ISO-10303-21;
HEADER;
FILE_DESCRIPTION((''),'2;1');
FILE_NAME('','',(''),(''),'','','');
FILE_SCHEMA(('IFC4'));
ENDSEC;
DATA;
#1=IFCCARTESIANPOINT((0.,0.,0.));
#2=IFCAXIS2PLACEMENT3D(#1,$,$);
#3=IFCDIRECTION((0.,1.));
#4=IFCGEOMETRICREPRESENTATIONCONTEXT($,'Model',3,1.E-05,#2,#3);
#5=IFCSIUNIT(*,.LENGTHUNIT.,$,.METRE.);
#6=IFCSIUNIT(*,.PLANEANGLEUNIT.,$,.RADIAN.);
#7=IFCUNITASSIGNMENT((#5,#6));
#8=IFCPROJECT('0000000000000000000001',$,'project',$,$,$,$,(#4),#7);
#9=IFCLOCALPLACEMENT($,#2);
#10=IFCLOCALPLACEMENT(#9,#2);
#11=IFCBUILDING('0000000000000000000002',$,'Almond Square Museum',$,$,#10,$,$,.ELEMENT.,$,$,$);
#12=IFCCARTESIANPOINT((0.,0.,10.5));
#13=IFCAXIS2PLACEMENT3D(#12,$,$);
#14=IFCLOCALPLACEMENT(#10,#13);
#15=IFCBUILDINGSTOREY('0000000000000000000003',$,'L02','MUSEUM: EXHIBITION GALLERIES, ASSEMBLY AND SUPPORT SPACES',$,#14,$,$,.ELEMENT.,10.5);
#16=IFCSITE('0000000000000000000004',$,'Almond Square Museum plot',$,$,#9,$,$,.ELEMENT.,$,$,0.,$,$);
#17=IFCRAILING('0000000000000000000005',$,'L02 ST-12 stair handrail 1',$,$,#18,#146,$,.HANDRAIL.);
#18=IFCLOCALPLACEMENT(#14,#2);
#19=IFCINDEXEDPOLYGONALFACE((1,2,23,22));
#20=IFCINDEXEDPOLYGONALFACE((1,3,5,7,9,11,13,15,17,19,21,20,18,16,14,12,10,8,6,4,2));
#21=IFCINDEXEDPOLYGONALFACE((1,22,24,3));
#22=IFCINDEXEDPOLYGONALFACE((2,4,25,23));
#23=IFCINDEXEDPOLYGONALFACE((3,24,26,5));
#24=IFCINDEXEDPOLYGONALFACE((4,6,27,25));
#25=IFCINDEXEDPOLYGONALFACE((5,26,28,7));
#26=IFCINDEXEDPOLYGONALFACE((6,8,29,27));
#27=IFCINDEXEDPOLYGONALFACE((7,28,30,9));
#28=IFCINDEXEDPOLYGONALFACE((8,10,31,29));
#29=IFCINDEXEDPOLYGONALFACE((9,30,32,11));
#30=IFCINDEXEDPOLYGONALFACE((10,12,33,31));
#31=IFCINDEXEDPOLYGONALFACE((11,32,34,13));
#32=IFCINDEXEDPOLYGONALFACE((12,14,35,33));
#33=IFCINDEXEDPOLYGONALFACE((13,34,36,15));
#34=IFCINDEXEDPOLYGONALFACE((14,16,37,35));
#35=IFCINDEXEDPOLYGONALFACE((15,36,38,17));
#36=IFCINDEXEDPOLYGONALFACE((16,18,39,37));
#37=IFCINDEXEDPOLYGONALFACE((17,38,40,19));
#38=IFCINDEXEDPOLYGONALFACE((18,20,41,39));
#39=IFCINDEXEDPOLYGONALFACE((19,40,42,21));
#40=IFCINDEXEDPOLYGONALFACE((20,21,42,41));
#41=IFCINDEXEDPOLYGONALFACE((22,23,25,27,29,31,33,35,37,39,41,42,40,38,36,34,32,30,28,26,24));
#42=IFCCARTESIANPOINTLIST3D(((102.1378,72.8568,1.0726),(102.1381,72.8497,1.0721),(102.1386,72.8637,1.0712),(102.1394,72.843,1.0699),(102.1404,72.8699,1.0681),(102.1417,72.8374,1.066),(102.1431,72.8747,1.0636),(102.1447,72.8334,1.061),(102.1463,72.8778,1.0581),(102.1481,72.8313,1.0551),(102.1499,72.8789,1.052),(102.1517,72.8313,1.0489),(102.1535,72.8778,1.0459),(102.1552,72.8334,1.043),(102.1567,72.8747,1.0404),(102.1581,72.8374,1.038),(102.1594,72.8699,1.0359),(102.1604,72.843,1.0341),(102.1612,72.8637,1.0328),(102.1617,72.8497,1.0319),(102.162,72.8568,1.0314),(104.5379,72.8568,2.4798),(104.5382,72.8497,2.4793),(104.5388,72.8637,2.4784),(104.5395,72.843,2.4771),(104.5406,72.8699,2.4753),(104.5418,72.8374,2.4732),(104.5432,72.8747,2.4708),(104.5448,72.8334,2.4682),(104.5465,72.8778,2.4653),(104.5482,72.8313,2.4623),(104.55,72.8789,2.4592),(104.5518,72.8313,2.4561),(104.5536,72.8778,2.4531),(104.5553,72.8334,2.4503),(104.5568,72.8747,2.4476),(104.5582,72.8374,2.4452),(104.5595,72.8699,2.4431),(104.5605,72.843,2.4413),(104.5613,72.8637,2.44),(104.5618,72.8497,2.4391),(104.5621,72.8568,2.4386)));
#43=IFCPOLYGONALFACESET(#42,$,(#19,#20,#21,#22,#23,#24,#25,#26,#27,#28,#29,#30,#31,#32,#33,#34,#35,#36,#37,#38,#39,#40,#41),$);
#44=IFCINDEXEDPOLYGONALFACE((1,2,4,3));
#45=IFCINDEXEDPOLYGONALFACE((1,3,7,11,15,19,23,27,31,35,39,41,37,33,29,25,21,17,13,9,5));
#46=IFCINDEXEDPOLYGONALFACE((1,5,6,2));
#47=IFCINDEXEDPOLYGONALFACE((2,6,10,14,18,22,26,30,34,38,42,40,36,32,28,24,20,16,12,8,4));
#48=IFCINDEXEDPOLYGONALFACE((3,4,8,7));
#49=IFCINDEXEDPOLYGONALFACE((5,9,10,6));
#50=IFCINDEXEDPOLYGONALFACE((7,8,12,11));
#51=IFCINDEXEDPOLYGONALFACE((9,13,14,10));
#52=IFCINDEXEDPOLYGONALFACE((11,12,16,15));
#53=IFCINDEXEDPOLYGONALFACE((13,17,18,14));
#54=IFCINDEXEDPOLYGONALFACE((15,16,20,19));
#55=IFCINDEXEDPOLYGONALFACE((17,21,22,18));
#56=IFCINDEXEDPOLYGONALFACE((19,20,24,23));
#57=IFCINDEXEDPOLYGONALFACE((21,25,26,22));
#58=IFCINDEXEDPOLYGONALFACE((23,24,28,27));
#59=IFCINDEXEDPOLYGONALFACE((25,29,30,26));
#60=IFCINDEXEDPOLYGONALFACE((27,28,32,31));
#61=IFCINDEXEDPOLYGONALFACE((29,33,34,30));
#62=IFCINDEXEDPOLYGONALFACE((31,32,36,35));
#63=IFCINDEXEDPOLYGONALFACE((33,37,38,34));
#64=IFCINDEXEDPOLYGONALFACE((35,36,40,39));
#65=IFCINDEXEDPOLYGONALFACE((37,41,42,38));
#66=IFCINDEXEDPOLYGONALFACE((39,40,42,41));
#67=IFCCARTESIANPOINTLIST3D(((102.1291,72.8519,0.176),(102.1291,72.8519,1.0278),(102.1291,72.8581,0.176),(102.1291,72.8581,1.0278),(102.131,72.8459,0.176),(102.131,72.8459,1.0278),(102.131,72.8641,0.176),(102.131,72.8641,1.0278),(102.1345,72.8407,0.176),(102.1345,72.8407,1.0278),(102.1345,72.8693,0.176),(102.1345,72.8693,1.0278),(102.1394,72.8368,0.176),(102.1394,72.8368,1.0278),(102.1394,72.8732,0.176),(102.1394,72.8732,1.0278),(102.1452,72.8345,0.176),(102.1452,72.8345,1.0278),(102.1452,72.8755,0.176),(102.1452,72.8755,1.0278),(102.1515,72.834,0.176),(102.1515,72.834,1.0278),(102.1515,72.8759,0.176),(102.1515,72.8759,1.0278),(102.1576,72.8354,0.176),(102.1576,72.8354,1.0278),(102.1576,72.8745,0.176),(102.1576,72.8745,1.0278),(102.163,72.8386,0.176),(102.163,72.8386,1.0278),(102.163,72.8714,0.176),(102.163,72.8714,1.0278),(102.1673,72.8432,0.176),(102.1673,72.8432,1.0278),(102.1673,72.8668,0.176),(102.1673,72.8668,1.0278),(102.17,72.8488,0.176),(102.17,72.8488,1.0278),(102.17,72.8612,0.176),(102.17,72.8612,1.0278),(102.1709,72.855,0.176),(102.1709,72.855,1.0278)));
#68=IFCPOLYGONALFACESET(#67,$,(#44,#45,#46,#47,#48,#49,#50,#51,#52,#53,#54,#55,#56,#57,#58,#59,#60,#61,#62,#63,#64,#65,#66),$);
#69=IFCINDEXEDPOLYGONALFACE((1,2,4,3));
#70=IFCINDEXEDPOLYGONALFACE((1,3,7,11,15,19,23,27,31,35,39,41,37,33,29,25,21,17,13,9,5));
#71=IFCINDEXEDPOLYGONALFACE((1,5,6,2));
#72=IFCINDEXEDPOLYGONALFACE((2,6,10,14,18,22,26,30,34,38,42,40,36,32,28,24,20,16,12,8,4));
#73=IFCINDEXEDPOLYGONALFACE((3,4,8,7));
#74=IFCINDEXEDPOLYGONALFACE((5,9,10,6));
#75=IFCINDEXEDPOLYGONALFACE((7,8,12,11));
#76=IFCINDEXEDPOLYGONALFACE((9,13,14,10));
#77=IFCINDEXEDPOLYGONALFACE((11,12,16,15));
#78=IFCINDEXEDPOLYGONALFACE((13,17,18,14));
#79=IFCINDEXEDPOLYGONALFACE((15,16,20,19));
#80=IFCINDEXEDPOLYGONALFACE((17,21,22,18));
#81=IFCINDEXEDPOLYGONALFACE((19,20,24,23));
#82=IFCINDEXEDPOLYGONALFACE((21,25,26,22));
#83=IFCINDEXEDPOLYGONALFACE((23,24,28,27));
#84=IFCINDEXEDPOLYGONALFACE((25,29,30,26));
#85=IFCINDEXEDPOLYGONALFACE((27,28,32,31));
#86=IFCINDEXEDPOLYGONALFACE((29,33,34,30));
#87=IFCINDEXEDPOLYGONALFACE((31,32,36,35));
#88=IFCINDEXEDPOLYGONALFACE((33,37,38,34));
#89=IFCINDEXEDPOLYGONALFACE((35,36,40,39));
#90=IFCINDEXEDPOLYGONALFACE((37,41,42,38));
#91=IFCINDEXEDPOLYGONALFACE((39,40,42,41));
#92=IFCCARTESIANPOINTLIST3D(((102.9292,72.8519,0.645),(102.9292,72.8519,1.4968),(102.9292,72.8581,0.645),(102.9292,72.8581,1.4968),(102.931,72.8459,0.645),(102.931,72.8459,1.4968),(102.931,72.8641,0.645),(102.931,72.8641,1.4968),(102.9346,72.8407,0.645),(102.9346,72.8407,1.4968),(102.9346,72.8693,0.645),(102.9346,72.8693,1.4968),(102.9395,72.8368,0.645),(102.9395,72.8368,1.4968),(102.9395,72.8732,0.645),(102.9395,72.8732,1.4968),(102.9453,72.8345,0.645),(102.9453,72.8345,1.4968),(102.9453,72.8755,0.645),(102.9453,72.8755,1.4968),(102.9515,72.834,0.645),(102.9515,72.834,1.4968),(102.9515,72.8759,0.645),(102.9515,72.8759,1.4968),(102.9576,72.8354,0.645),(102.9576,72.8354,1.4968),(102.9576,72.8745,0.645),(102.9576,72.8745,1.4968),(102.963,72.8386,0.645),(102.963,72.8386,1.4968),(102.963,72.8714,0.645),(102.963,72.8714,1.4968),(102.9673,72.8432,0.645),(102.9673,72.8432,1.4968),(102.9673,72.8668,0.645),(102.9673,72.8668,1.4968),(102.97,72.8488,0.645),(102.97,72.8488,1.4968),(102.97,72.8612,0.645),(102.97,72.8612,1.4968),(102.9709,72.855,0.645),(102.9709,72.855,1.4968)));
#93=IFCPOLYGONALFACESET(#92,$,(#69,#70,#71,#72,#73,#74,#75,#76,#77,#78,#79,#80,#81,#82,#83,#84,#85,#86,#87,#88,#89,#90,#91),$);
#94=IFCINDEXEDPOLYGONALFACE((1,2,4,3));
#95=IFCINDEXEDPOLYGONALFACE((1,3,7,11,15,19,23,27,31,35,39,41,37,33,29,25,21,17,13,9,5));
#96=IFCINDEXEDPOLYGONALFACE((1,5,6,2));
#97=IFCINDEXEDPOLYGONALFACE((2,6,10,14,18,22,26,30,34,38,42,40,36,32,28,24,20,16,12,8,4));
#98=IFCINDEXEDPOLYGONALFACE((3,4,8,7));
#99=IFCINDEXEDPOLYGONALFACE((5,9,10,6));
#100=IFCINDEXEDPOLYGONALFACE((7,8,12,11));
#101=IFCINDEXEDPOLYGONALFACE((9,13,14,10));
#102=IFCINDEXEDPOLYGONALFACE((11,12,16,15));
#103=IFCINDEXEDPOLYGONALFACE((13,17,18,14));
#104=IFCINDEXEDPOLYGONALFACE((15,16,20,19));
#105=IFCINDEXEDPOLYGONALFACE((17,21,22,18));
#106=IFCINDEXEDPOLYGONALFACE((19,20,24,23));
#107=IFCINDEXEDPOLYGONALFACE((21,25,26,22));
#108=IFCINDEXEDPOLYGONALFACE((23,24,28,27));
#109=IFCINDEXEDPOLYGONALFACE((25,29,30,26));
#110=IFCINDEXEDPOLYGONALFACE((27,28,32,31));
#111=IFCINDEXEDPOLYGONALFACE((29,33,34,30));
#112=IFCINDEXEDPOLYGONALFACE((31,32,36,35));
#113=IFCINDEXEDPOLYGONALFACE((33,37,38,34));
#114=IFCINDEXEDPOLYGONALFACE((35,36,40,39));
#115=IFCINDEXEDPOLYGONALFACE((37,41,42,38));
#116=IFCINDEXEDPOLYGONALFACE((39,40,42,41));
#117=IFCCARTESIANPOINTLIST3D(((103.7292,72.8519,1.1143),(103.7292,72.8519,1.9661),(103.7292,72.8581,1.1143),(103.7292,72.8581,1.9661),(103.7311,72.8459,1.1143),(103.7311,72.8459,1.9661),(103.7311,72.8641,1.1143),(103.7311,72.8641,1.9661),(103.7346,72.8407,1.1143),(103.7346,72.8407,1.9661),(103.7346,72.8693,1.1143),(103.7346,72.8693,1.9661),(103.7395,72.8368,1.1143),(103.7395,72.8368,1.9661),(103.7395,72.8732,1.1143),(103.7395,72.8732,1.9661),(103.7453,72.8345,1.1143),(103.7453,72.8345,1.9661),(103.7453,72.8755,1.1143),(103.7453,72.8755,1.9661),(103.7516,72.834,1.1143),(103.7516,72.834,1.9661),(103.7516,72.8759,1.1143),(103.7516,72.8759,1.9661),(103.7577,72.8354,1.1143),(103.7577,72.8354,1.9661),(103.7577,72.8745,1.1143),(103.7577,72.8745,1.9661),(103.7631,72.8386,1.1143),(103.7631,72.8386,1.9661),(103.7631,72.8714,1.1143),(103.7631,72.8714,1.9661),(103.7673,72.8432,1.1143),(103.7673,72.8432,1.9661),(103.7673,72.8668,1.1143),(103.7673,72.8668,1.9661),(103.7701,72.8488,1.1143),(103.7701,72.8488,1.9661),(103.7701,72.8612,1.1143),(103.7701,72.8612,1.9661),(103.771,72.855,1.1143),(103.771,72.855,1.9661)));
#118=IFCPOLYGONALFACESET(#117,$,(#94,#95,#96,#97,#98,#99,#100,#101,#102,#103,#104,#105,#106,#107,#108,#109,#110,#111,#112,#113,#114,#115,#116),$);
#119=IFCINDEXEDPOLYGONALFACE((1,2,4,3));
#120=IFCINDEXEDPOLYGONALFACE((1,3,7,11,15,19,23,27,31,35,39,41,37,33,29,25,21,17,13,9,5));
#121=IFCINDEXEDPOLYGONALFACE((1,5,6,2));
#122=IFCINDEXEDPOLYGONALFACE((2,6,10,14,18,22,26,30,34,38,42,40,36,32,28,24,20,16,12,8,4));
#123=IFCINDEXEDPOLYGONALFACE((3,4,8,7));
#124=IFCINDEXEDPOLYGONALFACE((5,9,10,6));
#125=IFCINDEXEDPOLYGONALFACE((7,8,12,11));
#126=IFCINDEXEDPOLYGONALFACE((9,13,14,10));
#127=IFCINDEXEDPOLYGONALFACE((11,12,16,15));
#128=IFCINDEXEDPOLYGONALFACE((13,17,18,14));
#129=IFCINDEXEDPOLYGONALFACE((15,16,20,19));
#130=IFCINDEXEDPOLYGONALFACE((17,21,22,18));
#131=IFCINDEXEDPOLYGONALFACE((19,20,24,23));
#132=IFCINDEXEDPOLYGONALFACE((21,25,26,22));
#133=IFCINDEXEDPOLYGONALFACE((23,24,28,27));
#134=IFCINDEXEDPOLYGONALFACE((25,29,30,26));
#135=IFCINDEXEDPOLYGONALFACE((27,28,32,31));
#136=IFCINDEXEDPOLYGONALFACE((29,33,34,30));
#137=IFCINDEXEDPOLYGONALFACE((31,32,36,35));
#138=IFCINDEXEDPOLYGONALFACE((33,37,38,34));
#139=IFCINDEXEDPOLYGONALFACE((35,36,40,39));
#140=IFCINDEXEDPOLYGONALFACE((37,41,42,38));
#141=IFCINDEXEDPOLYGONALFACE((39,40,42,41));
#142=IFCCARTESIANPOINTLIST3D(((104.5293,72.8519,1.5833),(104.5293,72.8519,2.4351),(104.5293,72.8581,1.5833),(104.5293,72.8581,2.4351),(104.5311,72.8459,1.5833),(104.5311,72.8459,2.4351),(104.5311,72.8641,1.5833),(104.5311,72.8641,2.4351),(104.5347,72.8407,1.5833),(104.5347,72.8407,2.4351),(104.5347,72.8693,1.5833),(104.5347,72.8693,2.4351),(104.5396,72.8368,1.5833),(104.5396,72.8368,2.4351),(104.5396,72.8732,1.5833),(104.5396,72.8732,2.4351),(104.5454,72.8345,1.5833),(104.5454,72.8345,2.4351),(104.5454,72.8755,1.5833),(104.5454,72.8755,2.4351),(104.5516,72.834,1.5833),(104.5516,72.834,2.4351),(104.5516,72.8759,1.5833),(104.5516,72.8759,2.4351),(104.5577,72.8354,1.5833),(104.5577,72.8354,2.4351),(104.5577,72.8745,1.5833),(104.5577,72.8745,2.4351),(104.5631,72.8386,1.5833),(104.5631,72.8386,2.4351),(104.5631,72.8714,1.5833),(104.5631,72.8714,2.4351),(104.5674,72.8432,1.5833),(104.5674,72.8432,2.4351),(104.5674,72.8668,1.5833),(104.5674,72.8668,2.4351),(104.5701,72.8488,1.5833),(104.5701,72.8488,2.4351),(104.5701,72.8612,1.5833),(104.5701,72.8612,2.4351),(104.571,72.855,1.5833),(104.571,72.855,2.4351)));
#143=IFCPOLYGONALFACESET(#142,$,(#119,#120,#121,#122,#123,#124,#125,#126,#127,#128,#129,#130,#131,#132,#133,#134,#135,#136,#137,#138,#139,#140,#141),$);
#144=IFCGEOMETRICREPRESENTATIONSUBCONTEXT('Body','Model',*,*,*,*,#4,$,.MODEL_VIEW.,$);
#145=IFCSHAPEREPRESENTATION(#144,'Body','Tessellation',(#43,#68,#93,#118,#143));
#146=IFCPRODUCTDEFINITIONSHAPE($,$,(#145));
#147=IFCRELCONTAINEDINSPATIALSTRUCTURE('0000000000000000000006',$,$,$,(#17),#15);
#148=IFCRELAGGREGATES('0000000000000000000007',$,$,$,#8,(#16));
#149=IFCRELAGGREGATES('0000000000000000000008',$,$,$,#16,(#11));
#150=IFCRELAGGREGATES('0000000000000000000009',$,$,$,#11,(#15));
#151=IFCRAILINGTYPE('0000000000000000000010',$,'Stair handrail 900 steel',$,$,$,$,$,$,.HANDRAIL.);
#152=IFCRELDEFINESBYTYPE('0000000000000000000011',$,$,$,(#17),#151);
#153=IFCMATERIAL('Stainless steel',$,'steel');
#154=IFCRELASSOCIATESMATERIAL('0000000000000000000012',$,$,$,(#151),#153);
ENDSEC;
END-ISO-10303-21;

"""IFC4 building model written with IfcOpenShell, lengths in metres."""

from ifc_helpers import new_model, si_unit, direction, frame, origin, origin_2d, place, context, subcontext, project, spatial, circle, extrude, material, type_object, element, save


model = new_model("IFC4")

# Units and contexts
model_context = context("Model", 3, precision=1e-05, world=origin(), true_north=direction((0.0, 1.0)))
body_context = subcontext(model_context, "Body", "Model", "MODEL_VIEW")
ifc_project = project(units=[si_unit("LENGTHUNIT", "METRE"), si_unit("PLANEANGLEUNIT", "RADIAN")], contexts=[model_context])

# Site, building, storey
site_placement = place(None, origin())
site = spatial("IfcSite", under=ifc_project, at=site_placement, Name="Almond Square Museum plot", CompositionType="ELEMENT", RefElevation=0.0)
building_placement = place(site_placement, origin())
building = spatial("IfcBuilding", under=site, at=building_placement, Name="Almond Square Museum", CompositionType="ELEMENT")
storey_placement = place(building_placement, frame((0.0, 0.0, 10.5)))
storey = spatial("IfcBuildingStorey", under=building, at=storey_placement, Name="L02", Description="MUSEUM: EXHIBITION GALLERIES, ASSEMBLY AND SUPPORT SPACES", CompositionType="ELEMENT", Elevation=10.5)

# Railing
ifc_material_1 = material(Name="Stainless steel", Category="steel")
railing_type_1 = type_object("IfcRailingType", Name="Stair handrail 900 steel", PredefinedType="HANDRAIL", material=ifc_material_1)
railing_1_placement = place(storey_placement, frame((102.1499, 72.855, 0.176)))
element("IfcRailing", 1, at=railing_1_placement, inside=storey, type_object=railing_type_1, Name="L02 ST-12 stair handrail 1", PredefinedType="HANDRAIL", context=body_context, shape_type="SweptSolid", body=[
    extrude(circle(Radius=0.0239, at=origin_2d()), frame((0.0, 0.0, 0.876), z_axis=(0.86266, 0.0, 0.505785), x_axis=(0.0, 1.0, 0.0)), (0.0, 0.0, 1.0), 2.7822),
    extrude(circle(Radius=0.021, at=origin_2d()), origin(), (0.0, 0.0, 1.0), 0.8518),
    extrude(circle(Radius=0.021, at=origin_2d()), frame((0.8, 0.0, 0.469)), (0.0, 0.0, 1.0), 0.8518),
    extrude(circle(Radius=0.021, at=origin_2d()), frame((1.6001, 0.0, 0.9382)), (0.0, 0.0, 1.0), 0.8518),
    extrude(circle(Radius=0.021, at=origin_2d()), frame((2.4001, 0.0, 1.4072)), (0.0, 0.0, 1.0), 0.8518),
])

save(model, "model.ifc")
